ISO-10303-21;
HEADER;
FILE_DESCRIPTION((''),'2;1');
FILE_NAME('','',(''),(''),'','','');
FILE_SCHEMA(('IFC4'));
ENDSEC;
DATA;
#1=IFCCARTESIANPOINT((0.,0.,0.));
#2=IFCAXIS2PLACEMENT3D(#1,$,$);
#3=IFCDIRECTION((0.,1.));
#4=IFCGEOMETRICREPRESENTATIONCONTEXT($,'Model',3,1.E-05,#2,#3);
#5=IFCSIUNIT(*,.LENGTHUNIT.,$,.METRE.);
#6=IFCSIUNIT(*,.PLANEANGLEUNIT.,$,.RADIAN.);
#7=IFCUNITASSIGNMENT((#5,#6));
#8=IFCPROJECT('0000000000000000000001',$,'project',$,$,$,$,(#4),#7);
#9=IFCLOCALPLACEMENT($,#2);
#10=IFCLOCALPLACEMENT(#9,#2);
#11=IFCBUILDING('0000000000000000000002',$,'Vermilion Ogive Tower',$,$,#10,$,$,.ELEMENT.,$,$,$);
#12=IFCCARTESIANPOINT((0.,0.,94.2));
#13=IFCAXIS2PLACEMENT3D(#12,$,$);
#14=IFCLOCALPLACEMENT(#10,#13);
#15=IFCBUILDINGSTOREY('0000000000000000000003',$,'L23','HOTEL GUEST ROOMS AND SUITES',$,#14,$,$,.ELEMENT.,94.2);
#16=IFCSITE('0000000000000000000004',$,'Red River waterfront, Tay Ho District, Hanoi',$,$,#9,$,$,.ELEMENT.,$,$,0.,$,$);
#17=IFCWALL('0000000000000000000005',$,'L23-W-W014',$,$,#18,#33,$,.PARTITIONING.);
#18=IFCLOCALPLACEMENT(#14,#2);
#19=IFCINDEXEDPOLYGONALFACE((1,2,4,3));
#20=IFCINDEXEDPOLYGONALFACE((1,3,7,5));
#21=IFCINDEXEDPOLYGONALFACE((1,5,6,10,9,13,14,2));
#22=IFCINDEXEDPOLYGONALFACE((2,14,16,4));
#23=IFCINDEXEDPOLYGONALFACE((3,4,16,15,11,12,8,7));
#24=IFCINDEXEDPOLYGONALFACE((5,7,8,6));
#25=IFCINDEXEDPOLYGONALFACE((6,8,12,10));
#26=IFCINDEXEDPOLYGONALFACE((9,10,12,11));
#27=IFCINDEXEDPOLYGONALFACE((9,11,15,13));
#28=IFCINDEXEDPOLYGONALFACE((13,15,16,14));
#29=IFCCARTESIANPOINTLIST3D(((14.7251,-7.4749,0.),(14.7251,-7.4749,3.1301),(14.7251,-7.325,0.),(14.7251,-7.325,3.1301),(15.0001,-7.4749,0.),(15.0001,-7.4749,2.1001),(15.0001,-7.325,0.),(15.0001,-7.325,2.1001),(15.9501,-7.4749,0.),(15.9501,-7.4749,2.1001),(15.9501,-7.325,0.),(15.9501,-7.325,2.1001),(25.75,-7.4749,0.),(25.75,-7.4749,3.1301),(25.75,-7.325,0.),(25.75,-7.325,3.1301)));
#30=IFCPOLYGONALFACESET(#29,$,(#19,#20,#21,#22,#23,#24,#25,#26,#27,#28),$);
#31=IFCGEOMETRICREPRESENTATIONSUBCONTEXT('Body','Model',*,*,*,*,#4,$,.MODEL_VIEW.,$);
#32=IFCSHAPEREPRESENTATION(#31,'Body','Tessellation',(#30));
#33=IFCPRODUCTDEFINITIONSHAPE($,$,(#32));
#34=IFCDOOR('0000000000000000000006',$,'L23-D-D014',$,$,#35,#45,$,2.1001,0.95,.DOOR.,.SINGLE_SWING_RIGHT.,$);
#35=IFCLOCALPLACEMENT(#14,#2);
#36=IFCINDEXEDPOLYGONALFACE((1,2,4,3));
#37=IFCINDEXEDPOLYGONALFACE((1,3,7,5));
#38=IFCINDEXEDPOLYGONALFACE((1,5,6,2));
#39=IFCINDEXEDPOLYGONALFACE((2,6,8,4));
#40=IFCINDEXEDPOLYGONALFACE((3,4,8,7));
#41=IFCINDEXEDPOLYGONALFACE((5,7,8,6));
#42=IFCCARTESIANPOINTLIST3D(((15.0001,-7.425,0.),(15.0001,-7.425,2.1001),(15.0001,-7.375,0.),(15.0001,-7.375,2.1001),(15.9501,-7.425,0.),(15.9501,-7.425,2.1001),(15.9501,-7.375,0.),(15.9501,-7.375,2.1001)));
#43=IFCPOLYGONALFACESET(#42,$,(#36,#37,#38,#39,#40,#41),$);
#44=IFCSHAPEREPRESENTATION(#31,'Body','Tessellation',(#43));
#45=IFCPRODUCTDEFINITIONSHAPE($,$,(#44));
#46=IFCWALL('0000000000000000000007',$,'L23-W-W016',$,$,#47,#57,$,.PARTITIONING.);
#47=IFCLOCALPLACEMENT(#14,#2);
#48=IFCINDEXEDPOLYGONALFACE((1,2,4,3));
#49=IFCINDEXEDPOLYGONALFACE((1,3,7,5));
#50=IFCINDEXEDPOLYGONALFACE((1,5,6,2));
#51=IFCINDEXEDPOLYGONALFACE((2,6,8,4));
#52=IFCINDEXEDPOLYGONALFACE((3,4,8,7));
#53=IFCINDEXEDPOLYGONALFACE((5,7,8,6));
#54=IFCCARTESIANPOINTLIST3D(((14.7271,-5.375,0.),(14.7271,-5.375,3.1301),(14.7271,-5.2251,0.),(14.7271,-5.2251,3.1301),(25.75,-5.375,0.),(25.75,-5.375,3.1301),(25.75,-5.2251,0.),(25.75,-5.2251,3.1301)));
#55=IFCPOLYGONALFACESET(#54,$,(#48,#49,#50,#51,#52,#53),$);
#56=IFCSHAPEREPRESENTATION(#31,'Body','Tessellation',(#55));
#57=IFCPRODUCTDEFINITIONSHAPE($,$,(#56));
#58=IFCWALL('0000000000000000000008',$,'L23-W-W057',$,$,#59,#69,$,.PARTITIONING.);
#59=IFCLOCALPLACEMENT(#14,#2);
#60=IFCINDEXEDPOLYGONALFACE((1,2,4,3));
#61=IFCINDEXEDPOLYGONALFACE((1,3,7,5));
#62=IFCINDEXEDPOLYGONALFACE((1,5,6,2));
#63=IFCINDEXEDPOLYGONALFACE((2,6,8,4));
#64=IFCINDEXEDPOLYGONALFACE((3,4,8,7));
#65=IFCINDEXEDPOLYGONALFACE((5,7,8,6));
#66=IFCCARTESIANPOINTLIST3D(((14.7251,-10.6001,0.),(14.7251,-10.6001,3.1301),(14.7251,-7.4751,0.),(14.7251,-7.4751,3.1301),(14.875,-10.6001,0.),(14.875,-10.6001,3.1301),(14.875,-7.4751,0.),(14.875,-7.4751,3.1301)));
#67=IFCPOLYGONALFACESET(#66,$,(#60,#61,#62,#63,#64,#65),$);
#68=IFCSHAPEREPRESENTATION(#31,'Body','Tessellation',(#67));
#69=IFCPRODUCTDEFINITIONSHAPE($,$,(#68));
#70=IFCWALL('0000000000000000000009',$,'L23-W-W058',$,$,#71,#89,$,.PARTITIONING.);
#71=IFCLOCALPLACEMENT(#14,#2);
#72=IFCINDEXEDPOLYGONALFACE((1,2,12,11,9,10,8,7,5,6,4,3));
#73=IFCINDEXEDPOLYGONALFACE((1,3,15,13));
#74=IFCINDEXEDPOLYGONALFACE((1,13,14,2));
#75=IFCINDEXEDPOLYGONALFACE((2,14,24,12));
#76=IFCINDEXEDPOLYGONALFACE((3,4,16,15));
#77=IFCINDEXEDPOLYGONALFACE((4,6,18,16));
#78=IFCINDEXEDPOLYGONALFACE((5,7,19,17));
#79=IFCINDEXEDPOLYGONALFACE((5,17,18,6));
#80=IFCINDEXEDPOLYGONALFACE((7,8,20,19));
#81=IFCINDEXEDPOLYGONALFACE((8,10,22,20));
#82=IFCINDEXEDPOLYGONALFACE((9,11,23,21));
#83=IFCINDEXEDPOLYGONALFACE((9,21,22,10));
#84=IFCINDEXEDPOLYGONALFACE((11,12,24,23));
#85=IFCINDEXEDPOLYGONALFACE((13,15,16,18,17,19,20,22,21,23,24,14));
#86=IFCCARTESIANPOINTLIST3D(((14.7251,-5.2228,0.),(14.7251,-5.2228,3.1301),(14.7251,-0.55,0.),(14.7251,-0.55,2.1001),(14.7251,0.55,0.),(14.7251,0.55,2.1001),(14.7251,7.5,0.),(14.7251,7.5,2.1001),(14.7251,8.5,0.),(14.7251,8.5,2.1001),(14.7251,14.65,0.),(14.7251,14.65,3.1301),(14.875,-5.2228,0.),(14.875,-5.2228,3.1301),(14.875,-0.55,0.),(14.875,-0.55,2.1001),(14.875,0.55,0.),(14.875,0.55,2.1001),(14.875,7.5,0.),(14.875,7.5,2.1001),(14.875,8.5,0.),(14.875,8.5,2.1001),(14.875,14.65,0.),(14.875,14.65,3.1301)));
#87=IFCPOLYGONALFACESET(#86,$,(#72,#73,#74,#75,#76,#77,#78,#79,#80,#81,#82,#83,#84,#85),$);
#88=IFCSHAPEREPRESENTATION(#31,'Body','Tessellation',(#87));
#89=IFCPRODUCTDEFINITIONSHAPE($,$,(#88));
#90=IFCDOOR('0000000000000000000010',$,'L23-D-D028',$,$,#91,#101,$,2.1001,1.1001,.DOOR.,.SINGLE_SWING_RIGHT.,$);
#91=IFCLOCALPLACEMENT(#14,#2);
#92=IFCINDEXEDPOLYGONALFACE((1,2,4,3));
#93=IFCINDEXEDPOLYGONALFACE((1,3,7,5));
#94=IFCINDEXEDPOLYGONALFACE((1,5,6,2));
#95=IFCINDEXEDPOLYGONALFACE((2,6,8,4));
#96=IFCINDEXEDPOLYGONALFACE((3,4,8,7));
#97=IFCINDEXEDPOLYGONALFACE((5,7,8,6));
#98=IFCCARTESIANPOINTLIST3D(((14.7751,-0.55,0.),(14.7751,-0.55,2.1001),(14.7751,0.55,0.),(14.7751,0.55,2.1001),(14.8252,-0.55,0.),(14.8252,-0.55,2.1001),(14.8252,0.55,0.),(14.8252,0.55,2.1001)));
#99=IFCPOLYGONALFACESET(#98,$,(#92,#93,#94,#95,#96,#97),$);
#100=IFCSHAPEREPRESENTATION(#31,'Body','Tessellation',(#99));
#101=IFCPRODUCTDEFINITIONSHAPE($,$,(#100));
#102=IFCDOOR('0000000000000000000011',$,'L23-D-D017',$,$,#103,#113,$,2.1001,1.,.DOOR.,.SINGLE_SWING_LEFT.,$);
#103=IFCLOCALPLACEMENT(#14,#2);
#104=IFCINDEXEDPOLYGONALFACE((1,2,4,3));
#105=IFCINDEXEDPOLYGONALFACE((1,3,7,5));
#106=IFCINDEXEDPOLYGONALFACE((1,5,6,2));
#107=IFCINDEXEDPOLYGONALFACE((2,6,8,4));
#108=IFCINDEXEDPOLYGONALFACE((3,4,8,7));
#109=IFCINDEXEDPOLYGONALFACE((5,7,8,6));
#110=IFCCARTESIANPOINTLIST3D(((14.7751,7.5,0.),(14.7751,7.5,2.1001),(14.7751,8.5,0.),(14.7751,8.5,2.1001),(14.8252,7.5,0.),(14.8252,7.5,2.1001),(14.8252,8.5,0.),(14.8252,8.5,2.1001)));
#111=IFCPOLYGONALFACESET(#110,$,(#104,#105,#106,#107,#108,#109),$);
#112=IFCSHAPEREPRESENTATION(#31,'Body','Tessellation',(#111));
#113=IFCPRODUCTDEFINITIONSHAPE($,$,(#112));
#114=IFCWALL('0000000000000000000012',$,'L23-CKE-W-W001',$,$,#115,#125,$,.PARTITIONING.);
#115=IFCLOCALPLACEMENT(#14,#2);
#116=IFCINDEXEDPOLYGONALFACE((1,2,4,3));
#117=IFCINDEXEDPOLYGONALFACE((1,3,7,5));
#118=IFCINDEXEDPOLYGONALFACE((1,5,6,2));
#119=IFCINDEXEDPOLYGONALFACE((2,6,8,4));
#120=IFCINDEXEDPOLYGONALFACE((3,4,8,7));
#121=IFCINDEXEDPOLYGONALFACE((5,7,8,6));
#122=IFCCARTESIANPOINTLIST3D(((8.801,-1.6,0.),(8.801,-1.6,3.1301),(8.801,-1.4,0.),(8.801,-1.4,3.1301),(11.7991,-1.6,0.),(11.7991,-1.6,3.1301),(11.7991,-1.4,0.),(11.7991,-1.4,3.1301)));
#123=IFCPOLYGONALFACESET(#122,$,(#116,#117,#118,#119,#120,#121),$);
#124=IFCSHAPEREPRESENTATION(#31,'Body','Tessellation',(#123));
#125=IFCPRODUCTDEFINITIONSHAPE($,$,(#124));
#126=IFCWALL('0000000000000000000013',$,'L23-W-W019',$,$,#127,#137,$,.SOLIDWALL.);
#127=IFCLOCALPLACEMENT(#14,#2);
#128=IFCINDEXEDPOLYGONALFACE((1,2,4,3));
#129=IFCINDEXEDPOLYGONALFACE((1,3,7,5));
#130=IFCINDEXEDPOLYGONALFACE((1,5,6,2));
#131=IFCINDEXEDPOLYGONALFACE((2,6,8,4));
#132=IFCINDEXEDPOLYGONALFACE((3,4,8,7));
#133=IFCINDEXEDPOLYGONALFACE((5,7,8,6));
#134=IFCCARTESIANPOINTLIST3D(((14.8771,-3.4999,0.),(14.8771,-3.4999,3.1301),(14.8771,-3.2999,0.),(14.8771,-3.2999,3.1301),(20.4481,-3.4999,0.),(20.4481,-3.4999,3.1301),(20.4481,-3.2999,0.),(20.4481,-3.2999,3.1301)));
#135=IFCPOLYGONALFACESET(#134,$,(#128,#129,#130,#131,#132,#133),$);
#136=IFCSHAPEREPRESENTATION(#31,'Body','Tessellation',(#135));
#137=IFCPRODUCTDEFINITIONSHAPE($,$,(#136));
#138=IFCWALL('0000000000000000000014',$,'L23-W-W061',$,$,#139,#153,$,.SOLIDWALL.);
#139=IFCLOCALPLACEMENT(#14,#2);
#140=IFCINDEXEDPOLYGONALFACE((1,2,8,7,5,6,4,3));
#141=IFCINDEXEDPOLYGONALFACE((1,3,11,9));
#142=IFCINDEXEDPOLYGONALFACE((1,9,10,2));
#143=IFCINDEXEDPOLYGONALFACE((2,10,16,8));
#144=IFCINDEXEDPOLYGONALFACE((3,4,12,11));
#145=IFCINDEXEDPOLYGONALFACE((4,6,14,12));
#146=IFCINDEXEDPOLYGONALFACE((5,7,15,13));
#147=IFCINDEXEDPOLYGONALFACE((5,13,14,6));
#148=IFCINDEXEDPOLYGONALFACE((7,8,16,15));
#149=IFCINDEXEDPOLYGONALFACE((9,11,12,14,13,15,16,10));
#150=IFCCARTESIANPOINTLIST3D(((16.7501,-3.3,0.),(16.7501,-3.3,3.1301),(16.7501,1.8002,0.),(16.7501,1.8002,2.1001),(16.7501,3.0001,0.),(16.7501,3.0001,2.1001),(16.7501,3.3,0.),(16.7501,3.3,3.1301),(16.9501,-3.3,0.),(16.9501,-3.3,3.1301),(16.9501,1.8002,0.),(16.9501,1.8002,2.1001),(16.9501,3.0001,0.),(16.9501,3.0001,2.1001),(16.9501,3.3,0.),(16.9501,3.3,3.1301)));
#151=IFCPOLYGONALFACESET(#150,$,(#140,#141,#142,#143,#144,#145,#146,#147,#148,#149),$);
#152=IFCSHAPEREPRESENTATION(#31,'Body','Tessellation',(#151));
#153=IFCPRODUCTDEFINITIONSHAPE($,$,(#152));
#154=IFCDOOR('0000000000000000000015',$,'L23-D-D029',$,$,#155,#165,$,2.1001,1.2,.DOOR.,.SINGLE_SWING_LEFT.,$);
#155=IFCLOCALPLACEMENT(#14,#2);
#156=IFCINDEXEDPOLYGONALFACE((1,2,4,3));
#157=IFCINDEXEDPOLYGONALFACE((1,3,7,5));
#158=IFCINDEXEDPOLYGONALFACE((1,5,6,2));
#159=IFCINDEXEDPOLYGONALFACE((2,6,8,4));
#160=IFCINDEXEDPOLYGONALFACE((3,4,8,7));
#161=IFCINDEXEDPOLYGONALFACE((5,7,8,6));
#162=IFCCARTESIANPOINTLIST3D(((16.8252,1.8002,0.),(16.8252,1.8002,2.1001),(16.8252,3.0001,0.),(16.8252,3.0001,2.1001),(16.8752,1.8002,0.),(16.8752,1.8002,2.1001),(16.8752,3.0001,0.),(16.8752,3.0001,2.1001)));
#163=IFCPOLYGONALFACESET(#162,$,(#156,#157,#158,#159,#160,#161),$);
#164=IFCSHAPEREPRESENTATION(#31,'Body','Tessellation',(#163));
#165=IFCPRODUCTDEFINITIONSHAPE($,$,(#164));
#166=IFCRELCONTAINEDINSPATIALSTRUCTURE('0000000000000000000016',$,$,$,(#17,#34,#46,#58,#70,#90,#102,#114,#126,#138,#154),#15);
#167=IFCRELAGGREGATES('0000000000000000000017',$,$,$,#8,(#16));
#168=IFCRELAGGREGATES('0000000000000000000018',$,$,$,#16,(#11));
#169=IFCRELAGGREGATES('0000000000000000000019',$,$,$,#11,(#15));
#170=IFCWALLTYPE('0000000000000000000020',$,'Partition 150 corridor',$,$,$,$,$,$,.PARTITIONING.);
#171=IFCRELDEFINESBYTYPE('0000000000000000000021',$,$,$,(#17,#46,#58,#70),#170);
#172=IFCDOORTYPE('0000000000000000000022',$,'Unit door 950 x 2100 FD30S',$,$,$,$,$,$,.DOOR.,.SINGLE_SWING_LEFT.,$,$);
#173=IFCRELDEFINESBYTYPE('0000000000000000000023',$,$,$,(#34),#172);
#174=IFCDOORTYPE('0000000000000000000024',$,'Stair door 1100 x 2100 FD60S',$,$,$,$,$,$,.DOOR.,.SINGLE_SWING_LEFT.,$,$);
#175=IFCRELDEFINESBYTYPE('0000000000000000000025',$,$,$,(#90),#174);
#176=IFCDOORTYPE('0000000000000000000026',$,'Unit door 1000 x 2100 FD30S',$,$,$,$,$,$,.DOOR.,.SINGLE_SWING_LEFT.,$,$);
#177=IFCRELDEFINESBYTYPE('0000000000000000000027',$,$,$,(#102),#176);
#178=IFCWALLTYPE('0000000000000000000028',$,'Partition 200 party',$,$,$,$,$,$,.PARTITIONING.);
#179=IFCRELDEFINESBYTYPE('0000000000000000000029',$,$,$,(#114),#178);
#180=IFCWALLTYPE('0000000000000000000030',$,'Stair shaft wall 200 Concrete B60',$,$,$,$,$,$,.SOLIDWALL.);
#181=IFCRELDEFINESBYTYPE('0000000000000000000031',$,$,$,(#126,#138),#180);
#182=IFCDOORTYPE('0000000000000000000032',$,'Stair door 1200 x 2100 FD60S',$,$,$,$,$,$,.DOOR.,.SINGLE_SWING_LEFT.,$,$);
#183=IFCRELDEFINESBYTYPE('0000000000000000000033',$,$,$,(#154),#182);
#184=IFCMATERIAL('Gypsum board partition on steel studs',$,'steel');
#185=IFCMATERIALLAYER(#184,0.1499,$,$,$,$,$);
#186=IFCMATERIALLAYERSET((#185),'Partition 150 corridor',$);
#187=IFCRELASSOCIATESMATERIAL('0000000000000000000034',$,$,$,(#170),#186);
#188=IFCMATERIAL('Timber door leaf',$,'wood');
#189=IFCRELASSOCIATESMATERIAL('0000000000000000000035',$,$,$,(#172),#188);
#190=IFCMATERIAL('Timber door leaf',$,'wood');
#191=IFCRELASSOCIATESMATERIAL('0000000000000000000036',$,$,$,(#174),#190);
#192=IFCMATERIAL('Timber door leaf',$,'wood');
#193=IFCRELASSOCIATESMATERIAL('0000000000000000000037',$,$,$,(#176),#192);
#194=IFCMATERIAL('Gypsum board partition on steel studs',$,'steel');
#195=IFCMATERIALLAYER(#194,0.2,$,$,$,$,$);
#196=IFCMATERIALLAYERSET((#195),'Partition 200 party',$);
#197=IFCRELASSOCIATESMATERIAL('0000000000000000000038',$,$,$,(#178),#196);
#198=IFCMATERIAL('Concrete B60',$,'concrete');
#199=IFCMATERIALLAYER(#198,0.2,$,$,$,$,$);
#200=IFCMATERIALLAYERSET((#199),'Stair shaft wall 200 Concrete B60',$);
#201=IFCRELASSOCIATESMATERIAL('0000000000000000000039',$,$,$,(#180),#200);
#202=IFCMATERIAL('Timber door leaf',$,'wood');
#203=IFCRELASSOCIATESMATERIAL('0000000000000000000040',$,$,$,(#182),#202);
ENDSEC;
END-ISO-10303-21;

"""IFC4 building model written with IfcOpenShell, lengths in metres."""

from ifc_helpers import new_model, si_unit, direction, frame, frame_2d, origin, place, context, subcontext, project, spatial, rectangle, extrude, material, layer, layer_set, type_object, element, fill, save


model = new_model("IFC4")

# Units and contexts
model_context = context("Model", 3, precision=1e-05, world=origin(), true_north=direction((0.0, 1.0)))
body_context = subcontext(model_context, "Body", "Model", "MODEL_VIEW")
ifc_project = project(units=[si_unit("LENGTHUNIT", "METRE"), si_unit("PLANEANGLEUNIT", "RADIAN")], contexts=[model_context])

# Site, building, storey
site_placement = place(None, origin())
site = spatial("IfcSite", under=ifc_project, at=site_placement, Name="Red River waterfront, Tay Ho District, Hanoi", CompositionType="ELEMENT", RefElevation=0.0)
building_placement = place(site_placement, origin())
building = spatial("IfcBuilding", under=site, at=building_placement, Name="Vermilion Ogive Tower", CompositionType="ELEMENT")
storey_placement = place(building_placement, frame((0.0, 0.0, 94.2)))
storey = spatial("IfcBuildingStorey", under=building, at=storey_placement, Name="L23", Description="HOTEL GUEST ROOMS AND SUITES", CompositionType="ELEMENT", Elevation=94.2)

# Wall, opening, door
ifc_material_1 = material(Name="Gypsum board partition on steel studs", Category="steel")
ifc_layer_1 = layer(ifc_material_1, 0.1499)
ifc_layer_set_1 = layer_set([ifc_layer_1], Name="Partition 150 corridor")
wall_type_1 = type_object("IfcWallType", Name="Partition 150 corridor", PredefinedType="PARTITIONING", material=ifc_layer_set_1)
wall_1_placement = place(storey_placement, frame((14.7251, -7.3999, 0.0), z_axis=(0.0, 0.0, 1.0), x_axis=(1.0, 0.0, 0.0)))
wall_1 = element("IfcWall", 1, at=wall_1_placement, inside=storey, type_object=wall_type_1, Name="L23-W-W014", PredefinedType="PARTITIONING", context=body_context, shape_type="SweptSolid", body=[
    extrude(rectangle(XDim=11.0249, YDim=0.1499, at=frame_2d((5.5125, 0.0))), origin(), (0.0, 0.0, 1.0), 3.1301),
])
opening_1_placement = place(wall_1_placement, frame((0.2749, 0.0, 0.0)))
opening_1 = element("IfcOpeningElement", 2, at=opening_1_placement, cuts=wall_1, PredefinedType="OPENING", context=body_context, shape_type="SweptSolid", body=[
    extrude(rectangle(XDim=0.95, YDim=2.1001, at=frame_2d((0.4751, 1.05))), frame((0.0, 0.085, 0.0), z_axis=(0.0, -1.0, 0.0), x_axis=(1.0, 0.0, 0.0)), (0.0, 0.0, 1.0), 0.1699),
])
ifc_material_2 = material(Name="Timber door leaf", Category="wood")
door_type_1 = type_object("IfcDoorType", Name="Unit door 950 x 2100 FD30S", OperationType="SINGLE_SWING_LEFT", PredefinedType="DOOR", material=ifc_material_2)
door_1_placement = place(opening_1_placement, origin())
door_1 = element("IfcDoor", 3, at=door_1_placement, inside=storey, type_object=door_type_1, Name="L23-D-D014", OperationType="SINGLE_SWING_RIGHT", OverallHeight=2.1001, OverallWidth=0.95, PredefinedType="DOOR", context=body_context, shape_type="SweptSolid", body=[
    extrude(rectangle(XDim=0.95, YDim=2.1001, at=frame_2d((0.4751, 1.05))), frame((0.0, 0.0249, 0.0), z_axis=(0.0, -1.0, 0.0), x_axis=(1.0, 0.0, 0.0)), (0.0, 0.0, 1.0), 0.05),
])
fill(opening_1, door_1)

# Walls
wall_2_placement = place(storey_placement, frame((14.7271, -5.3, 0.0), z_axis=(0.0, 0.0, 1.0), x_axis=(1.0, 0.0, 0.0)))
element("IfcWall", 4, at=wall_2_placement, inside=storey, type_object=wall_type_1, Name="L23-W-W016", PredefinedType="PARTITIONING", context=body_context, shape_type="SweptSolid", body=[
    extrude(rectangle(XDim=11.0229, YDim=0.1499, at=frame_2d((5.5115, 0.0))), origin(), (0.0, 0.0, 1.0), 3.1301),
])
wall_3_placement = place(storey_placement, frame((14.8, -10.6001, 0.0), z_axis=(0.0, 0.0, 1.0), x_axis=(0.0, 1.0, 0.0)))
element("IfcWall", 5, at=wall_3_placement, inside=storey, type_object=wall_type_1, Name="L23-W-W057", PredefinedType="PARTITIONING", context=body_context, shape_type="SweptSolid", body=[
    extrude(rectangle(XDim=3.125, YDim=0.1499, at=frame_2d((1.5625, 0.0))), origin(), (0.0, 0.0, 1.0), 3.1301),
])

# Wall, openings, doors
wall_4_placement = place(storey_placement, frame((14.8, -5.2229, 0.0), z_axis=(0.0, 0.0, 1.0), x_axis=(0.0, 1.0, 0.0)))
wall_4 = element("IfcWall", 6, at=wall_4_placement, inside=storey, type_object=wall_type_1, Name="L23-W-W058", PredefinedType="PARTITIONING", context=body_context, shape_type="SweptSolid", body=[
    extrude(rectangle(XDim=19.8728, YDim=0.1499, at=frame_2d((9.9365, 0.0))), origin(), (0.0, 0.0, 1.0), 3.1301),
])
opening_2_placement = place(wall_4_placement, frame((12.7229, 0.0, 0.0)))
opening_2 = element("IfcOpeningElement", 7, at=opening_2_placement, cuts=wall_4, PredefinedType="OPENING", context=body_context, shape_type="SweptSolid", body=[
    extrude(rectangle(XDim=1.0, YDim=2.1001, at=frame_2d((0.5, 1.05))), frame((0.0, 0.085, 0.0), z_axis=(0.0, -1.0, 0.0), x_axis=(1.0, 0.0, 0.0)), (0.0, 0.0, 1.0), 0.1699),
])
opening_3_placement = place(wall_4_placement, frame((4.6729, 0.0, 0.0)))
opening_3 = element("IfcOpeningElement", 8, at=opening_3_placement, cuts=wall_4, PredefinedType="OPENING", context=body_context, shape_type="SweptSolid", body=[
    extrude(rectangle(XDim=1.1001, YDim=2.1001, at=frame_2d((0.55, 1.05))), frame((0.0, 0.085, 0.0), z_axis=(0.0, -1.0, 0.0), x_axis=(1.0, 0.0, 0.0)), (0.0, 0.0, 1.0), 0.1699),
])
ifc_material_3 = material(Name="Timber door leaf", Category="wood")
door_type_2 = type_object("IfcDoorType", Name="Stair door 1100 x 2100 FD60S", OperationType="SINGLE_SWING_LEFT", PredefinedType="DOOR", material=ifc_material_3)
door_2_placement = place(opening_3_placement, origin())
door_2 = element("IfcDoor", 9, at=door_2_placement, inside=storey, type_object=door_type_2, Name="L23-D-D028", OperationType="SINGLE_SWING_RIGHT", OverallHeight=2.1001, OverallWidth=1.1001, PredefinedType="DOOR", context=body_context, shape_type="SweptSolid", body=[
    extrude(rectangle(XDim=1.1001, YDim=2.1001, at=frame_2d((0.55, 1.05))), frame((0.0, 0.0249, 0.0), z_axis=(0.0, -1.0, 0.0), x_axis=(1.0, 0.0, 0.0)), (0.0, 0.0, 1.0), 0.05),
])
fill(opening_3, door_2)
ifc_material_4 = material(Name="Timber door leaf", Category="wood")
door_type_3 = type_object("IfcDoorType", Name="Unit door 1000 x 2100 FD30S", OperationType="SINGLE_SWING_LEFT", PredefinedType="DOOR", material=ifc_material_4)
door_3_placement = place(opening_2_placement, origin())
door_3 = element("IfcDoor", 10, at=door_3_placement, inside=storey, type_object=door_type_3, Name="L23-D-D017", OperationType="SINGLE_SWING_LEFT", OverallHeight=2.1001, OverallWidth=1.0, PredefinedType="DOOR", context=body_context, shape_type="SweptSolid", body=[
    extrude(rectangle(XDim=1.0, YDim=2.1001, at=frame_2d((0.5, 1.05))), frame((0.0, 0.0249, 0.0), z_axis=(0.0, -1.0, 0.0), x_axis=(1.0, 0.0, 0.0)), (0.0, 0.0, 1.0), 0.05),
])
fill(opening_2, door_3)

# Walls
ifc_material_5 = material(Name="Gypsum board partition on steel studs", Category="steel")
ifc_layer_2 = layer(ifc_material_5, 0.2)
ifc_layer_set_2 = layer_set([ifc_layer_2], Name="Partition 200 party")
wall_type_2 = type_object("IfcWallType", Name="Partition 200 party", PredefinedType="PARTITIONING", material=ifc_layer_set_2)
wall_5_placement = place(storey_placement, frame((8.801, -1.5, 0.0), z_axis=(0.0, 0.0, 1.0), x_axis=(1.0, 0.0, 0.0)))
element("IfcWall", 11, at=wall_5_placement, inside=storey, type_object=wall_type_2, Name="L23-CKE-W-W001", PredefinedType="PARTITIONING", context=body_context, shape_type="SweptSolid", body=[
    extrude(rectangle(XDim=2.998, YDim=0.2, at=frame_2d((1.499, 0.0))), origin(), (0.0, 0.0, 1.0), 3.1301),
])
ifc_material_6 = material(Name="Concrete B60", Category="concrete")
ifc_layer_3 = layer(ifc_material_6, 0.2)
ifc_layer_set_3 = layer_set([ifc_layer_3], Name="Stair shaft wall 200 Concrete B60")
wall_type_3 = type_object("IfcWallType", Name="Stair shaft wall 200 Concrete B60", PredefinedType="SOLIDWALL", material=ifc_layer_set_3)
wall_6_placement = place(storey_placement, frame((14.877, -3.3999, 0.0), z_axis=(0.0, 0.0, 1.0), x_axis=(1.0, 0.0, 0.0)))
element("IfcWall", 12, at=wall_6_placement, inside=storey, type_object=wall_type_3, Name="L23-W-W019", PredefinedType="SOLIDWALL", context=body_context, shape_type="SweptSolid", body=[
    extrude(rectangle(XDim=5.571, YDim=0.2, at=frame_2d((2.7856, 0.0))), origin(), (0.0, 0.0, 1.0), 3.1301),
])

# Wall, opening, door
wall_7_placement = place(storey_placement, frame((16.8501, -3.3, 0.0), z_axis=(0.0, 0.0, 1.0), x_axis=(0.0, 1.0, 0.0)))
wall_7 = element("IfcWall", 13, at=wall_7_placement, inside=storey, type_object=wall_type_3, Name="L23-W-W061", PredefinedType="SOLIDWALL", context=body_context, shape_type="SweptSolid", body=[
    extrude(rectangle(XDim=6.6001, YDim=0.2, at=frame_2d((3.3, 0.0))), origin(), (0.0, 0.0, 1.0), 3.1301),
])
opening_4_placement = place(wall_7_placement, frame((5.1001, 0.0, 0.0)))
opening_4 = element("IfcOpeningElement", 14, at=opening_4_placement, cuts=wall_7, PredefinedType="OPENING", context=body_context, shape_type="SweptSolid", body=[
    extrude(rectangle(XDim=1.2, YDim=2.1001, at=frame_2d((0.6001, 1.05))), frame((0.0, 0.1099, 0.0), z_axis=(0.0, -1.0, 0.0), x_axis=(1.0, 0.0, 0.0)), (0.0, 0.0, 1.0), 0.22),
])
ifc_material_7 = material(Name="Timber door leaf", Category="wood")
door_type_4 = type_object("IfcDoorType", Name="Stair door 1200 x 2100 FD60S", OperationType="SINGLE_SWING_LEFT", PredefinedType="DOOR", material=ifc_material_7)
door_4_placement = place(opening_4_placement, origin())
door_4 = element("IfcDoor", 15, at=door_4_placement, inside=storey, type_object=door_type_4, Name="L23-D-D029", OperationType="SINGLE_SWING_LEFT", OverallHeight=2.1001, OverallWidth=1.2, PredefinedType="DOOR", context=body_context, shape_type="SweptSolid", body=[
    extrude(rectangle(XDim=1.2, YDim=2.1001, at=frame_2d((0.6001, 1.05))), frame((0.0, 0.0249, 0.0), z_axis=(0.0, -1.0, 0.0), x_axis=(1.0, 0.0, 0.0)), (0.0, 0.0, 1.0), 0.05),
])
fill(opening_4, door_4)

save(model, "model.ifc")
